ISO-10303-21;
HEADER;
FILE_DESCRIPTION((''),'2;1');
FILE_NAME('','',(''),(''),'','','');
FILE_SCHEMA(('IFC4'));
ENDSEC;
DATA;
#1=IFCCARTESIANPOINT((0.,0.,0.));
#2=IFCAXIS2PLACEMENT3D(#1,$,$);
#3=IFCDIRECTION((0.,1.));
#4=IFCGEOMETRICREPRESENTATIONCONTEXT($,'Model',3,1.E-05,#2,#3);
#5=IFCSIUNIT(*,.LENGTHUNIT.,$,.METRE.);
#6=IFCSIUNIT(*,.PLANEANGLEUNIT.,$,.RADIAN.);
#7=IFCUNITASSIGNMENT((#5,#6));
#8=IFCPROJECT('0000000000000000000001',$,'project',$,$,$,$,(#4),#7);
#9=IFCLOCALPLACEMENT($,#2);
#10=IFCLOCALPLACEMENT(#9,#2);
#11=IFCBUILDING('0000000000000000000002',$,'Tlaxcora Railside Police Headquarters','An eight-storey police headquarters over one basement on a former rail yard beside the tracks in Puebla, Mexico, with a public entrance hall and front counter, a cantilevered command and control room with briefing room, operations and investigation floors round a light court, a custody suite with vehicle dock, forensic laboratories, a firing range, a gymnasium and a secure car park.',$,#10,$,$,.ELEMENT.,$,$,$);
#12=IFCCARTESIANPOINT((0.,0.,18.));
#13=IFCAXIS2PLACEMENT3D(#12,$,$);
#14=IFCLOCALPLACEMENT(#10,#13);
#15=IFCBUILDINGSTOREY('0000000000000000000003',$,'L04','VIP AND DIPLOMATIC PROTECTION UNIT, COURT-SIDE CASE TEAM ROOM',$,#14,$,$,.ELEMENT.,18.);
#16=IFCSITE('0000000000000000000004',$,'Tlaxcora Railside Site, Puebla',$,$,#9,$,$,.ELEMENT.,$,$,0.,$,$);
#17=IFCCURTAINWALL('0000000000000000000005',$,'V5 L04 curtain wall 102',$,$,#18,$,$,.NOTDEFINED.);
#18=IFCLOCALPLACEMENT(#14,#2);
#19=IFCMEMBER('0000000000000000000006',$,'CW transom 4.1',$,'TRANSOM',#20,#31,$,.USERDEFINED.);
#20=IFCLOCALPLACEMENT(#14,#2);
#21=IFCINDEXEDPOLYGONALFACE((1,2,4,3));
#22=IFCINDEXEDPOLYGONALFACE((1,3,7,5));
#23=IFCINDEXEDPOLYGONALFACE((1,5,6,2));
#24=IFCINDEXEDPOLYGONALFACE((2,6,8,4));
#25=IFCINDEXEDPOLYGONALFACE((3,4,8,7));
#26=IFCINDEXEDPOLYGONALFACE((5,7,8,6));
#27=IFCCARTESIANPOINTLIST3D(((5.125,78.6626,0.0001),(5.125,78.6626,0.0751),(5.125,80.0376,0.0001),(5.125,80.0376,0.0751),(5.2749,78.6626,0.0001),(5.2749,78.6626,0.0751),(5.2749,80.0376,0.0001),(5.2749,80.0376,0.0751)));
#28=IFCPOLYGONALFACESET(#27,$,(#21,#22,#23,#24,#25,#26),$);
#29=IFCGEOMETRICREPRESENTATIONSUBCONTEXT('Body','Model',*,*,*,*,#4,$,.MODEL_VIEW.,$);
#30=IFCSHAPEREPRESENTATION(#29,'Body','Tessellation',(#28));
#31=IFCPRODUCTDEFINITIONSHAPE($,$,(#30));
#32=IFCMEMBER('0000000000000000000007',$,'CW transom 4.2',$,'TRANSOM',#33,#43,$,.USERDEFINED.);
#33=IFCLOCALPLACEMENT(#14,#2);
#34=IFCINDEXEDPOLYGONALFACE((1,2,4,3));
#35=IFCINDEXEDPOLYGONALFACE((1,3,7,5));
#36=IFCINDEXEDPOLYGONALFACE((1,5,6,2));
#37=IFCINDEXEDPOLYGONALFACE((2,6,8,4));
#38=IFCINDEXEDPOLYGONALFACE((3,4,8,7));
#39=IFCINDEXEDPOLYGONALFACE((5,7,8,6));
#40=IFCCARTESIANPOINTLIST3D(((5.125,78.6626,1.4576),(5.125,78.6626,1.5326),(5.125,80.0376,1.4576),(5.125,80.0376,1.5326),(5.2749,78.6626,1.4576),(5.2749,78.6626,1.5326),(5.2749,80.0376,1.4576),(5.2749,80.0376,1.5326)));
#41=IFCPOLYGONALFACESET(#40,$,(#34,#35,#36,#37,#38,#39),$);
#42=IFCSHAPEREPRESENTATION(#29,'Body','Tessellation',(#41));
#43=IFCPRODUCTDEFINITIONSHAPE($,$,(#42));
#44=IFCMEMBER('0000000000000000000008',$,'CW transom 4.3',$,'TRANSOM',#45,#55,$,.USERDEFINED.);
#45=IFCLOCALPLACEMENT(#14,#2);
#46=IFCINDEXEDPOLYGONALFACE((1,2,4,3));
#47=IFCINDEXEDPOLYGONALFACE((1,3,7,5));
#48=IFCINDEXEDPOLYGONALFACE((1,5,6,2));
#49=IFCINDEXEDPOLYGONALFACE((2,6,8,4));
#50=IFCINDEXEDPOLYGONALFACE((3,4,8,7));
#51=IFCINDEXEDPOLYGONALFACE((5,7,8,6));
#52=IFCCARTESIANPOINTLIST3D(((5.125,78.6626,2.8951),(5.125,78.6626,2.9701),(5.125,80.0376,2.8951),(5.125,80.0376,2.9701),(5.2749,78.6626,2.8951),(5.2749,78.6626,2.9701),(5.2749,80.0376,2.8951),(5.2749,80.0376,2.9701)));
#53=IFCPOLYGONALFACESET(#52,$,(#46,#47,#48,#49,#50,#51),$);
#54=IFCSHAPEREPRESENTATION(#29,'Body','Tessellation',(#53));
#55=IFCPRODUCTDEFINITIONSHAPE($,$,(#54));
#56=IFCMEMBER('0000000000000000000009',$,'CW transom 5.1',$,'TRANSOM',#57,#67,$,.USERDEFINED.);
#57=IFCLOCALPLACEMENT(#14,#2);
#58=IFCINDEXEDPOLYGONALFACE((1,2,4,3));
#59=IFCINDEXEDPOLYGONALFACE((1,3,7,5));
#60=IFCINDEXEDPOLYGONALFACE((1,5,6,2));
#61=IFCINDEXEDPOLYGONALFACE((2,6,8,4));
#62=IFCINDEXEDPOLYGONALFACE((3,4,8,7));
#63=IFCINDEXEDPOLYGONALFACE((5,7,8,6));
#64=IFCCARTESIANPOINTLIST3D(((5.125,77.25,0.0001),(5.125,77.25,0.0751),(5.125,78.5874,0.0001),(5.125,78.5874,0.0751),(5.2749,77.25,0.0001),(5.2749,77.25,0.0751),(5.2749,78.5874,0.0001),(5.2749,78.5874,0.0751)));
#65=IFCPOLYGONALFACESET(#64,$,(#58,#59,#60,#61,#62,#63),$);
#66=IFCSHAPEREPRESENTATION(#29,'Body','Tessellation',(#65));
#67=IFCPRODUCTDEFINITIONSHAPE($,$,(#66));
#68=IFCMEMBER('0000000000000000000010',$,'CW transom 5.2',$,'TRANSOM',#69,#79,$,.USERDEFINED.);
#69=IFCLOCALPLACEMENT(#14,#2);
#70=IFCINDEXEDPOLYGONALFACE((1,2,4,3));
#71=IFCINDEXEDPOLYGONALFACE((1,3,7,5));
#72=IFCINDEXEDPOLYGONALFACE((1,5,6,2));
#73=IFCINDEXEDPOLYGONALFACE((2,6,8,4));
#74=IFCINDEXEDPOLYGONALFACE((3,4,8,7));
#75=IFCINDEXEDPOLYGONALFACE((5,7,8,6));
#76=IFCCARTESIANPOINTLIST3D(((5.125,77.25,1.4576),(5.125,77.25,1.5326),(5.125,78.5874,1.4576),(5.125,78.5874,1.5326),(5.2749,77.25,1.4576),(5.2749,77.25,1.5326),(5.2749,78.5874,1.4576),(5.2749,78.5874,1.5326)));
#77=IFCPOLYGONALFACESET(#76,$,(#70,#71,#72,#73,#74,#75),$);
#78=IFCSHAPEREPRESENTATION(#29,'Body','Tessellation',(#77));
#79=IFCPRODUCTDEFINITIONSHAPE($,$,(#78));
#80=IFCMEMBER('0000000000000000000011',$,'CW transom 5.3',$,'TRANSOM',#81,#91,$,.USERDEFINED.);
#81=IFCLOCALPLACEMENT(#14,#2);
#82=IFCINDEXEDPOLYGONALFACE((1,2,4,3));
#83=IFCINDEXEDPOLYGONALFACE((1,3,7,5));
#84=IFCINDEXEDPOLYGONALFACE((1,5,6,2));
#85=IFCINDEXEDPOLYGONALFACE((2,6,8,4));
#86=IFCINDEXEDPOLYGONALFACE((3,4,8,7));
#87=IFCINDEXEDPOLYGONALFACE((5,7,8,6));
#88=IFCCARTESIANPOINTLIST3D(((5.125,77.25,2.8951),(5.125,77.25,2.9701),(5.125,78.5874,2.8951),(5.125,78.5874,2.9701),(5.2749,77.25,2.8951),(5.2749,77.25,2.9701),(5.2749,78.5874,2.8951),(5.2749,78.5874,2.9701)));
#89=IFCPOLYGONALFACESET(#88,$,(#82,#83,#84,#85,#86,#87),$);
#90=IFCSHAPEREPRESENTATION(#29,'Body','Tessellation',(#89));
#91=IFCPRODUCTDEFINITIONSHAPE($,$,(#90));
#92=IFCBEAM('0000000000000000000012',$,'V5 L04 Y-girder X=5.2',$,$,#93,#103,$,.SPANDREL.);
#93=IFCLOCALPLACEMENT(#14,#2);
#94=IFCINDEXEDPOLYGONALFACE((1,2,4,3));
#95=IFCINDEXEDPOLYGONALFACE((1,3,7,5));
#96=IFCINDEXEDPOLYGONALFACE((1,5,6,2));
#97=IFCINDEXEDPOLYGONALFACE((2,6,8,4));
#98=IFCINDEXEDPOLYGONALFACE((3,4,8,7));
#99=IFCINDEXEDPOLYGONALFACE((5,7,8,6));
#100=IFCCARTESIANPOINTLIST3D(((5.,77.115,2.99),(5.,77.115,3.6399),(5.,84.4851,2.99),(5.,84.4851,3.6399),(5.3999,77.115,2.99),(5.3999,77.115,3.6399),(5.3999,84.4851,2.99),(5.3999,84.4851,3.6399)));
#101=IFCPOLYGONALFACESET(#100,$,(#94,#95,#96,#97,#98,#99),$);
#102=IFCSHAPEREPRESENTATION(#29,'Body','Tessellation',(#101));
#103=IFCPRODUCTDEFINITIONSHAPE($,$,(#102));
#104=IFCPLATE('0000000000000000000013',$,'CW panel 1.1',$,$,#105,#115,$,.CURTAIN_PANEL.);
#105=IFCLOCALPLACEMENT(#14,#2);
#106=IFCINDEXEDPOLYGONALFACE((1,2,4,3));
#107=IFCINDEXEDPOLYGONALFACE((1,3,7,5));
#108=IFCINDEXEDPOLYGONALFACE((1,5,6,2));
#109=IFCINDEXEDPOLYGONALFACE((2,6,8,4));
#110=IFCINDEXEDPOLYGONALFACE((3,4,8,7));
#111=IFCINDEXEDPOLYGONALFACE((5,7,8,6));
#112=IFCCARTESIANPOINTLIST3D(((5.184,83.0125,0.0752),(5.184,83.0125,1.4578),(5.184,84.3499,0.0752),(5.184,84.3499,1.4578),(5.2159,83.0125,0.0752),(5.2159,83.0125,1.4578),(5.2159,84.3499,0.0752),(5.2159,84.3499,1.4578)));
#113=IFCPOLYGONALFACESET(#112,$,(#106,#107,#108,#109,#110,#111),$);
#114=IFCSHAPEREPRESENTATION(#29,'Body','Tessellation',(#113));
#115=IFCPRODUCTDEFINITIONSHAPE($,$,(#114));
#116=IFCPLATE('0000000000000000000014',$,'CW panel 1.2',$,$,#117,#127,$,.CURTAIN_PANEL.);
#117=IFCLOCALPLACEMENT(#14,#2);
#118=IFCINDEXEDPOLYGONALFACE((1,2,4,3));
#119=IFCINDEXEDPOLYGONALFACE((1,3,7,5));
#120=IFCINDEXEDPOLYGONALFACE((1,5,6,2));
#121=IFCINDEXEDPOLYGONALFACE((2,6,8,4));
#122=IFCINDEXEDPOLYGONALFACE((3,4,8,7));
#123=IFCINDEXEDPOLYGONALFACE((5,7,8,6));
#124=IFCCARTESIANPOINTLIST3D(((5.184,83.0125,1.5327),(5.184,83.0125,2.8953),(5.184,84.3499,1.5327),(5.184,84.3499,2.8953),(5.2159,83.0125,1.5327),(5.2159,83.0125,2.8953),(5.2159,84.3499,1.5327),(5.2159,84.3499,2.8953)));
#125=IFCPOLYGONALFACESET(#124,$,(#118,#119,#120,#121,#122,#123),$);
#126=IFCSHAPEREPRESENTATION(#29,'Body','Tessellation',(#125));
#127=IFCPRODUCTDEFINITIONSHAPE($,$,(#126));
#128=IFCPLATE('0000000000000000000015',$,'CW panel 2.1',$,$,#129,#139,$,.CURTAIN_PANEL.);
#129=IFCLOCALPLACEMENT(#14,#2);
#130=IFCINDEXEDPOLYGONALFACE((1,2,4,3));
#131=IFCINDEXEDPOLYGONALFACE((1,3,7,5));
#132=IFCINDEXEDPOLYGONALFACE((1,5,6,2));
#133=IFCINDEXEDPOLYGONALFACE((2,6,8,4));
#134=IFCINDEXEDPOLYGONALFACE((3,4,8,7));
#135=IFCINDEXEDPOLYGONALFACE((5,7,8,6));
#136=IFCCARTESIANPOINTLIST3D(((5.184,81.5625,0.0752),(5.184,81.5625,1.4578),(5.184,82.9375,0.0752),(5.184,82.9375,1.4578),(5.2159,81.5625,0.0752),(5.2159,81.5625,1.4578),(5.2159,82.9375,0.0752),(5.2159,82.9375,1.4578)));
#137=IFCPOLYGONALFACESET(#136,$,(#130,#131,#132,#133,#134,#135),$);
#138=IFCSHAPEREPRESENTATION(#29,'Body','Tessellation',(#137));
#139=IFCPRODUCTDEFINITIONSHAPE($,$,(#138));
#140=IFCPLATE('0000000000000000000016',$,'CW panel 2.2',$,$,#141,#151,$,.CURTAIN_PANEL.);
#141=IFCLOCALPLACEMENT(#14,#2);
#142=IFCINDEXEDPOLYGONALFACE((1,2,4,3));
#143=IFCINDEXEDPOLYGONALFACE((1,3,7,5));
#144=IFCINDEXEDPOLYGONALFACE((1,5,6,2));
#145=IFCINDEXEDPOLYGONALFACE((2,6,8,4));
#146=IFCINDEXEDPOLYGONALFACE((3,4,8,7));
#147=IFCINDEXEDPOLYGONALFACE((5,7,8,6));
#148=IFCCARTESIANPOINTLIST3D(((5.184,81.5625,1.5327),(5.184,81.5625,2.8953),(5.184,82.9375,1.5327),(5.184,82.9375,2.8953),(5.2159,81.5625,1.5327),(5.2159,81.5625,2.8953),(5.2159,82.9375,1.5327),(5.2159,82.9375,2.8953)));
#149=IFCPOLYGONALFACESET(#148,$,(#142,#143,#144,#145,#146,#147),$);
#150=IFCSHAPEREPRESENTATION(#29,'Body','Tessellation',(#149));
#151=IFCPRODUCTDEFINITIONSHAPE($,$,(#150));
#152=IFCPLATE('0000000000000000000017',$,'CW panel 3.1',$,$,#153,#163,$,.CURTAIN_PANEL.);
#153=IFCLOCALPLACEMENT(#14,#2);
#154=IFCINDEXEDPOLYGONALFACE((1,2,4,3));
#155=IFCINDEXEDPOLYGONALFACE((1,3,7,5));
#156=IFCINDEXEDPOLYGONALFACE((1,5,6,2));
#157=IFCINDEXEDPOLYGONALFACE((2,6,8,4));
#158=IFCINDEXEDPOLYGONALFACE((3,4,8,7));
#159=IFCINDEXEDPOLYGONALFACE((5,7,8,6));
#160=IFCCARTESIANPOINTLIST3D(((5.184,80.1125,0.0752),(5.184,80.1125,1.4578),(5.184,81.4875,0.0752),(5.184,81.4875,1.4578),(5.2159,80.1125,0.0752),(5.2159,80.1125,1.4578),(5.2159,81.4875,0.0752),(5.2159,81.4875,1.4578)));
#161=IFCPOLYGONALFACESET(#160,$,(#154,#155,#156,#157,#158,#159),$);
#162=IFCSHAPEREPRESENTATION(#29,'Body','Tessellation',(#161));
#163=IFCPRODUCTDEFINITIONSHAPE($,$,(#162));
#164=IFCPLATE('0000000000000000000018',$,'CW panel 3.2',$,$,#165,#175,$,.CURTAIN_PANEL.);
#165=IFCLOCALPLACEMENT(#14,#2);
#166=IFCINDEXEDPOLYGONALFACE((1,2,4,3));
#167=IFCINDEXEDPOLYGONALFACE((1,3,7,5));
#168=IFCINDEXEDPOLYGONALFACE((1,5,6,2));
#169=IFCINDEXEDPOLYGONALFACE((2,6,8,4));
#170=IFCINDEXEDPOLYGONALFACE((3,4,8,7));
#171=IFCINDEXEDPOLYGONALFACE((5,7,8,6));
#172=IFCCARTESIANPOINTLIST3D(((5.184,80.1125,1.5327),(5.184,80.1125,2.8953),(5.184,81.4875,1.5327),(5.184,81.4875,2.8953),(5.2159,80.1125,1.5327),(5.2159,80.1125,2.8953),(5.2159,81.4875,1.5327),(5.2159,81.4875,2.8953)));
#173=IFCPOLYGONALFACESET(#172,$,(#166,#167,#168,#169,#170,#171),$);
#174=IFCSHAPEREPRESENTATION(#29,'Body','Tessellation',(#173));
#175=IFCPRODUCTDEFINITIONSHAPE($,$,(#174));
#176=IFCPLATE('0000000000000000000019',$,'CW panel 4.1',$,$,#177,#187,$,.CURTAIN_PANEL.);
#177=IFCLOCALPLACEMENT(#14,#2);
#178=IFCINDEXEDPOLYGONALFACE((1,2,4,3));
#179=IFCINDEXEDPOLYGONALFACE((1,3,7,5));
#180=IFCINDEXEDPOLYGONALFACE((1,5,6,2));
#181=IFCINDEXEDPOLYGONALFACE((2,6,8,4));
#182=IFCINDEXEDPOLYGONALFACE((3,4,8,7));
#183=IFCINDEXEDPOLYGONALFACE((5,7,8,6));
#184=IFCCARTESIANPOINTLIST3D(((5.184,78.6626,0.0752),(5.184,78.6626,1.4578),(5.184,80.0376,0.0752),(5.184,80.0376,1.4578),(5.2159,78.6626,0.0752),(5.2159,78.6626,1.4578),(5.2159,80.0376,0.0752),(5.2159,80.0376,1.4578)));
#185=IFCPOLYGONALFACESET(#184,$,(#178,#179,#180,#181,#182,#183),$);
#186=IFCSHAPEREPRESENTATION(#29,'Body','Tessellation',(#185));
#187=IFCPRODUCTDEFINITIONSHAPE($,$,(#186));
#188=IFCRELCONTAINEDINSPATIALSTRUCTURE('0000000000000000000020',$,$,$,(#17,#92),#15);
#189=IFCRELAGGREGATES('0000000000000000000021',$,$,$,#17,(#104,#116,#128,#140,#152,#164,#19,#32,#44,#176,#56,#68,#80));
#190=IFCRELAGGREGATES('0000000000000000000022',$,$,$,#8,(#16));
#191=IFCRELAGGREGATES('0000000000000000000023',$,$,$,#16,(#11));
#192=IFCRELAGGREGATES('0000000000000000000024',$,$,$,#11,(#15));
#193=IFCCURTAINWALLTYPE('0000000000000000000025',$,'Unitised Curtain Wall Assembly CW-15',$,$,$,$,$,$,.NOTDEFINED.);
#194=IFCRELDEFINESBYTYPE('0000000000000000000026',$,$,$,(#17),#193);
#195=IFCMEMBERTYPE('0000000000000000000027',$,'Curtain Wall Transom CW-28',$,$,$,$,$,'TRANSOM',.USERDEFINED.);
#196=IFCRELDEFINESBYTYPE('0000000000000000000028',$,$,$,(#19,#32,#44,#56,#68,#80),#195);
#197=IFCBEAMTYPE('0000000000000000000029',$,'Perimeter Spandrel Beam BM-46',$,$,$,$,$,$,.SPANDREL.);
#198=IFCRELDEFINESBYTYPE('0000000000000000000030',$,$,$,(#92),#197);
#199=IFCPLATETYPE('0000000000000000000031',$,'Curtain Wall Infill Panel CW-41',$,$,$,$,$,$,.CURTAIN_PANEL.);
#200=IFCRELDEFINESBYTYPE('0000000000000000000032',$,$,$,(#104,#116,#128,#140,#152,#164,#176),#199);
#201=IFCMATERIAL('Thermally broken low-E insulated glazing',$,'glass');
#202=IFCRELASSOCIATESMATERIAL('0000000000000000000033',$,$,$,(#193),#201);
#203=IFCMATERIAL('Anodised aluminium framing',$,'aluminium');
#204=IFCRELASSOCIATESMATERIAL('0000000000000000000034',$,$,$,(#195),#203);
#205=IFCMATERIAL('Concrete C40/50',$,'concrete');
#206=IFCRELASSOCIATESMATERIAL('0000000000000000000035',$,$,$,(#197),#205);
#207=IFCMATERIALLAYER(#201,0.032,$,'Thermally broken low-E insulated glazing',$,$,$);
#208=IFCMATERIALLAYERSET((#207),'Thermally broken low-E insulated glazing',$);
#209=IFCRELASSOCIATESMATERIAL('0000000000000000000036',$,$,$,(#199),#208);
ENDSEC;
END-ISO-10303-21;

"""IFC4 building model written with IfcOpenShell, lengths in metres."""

from ifc_helpers import new_model, si_unit, direction, frame, origin, origin_2d, place, context, subcontext, project, spatial, rectangle, extrude, material, layer, layer_set, material_profile, profile_set, type_object, element, aggregate, save


model = new_model("IFC4")

# Units and contexts
model_context = context("Model", 3, precision=1e-05, world=origin(), true_north=direction((0.0, 1.0)))
body_context = subcontext(model_context, "Body", "Model", "MODEL_VIEW")
ifc_project = project(units=[si_unit("LENGTHUNIT", "METRE"), si_unit("PLANEANGLEUNIT", "RADIAN")], contexts=[model_context])

# Site, building, storey
site_placement = place(None, origin())
site = spatial("IfcSite", under=ifc_project, at=site_placement, Name="Tlaxcora Railside Site, Puebla", CompositionType="ELEMENT", RefElevation=0.0)
building_placement = place(site_placement, origin())
building = spatial("IfcBuilding", under=site, at=building_placement, Name="Tlaxcora Railside Police Headquarters", Description="An eight-storey police headquarters over one basement on a former rail yard beside the tracks in Puebla, Mexico, with a public entrance hall and front counter, a cantilevered command and control room with briefing room, operations and investigation floors round a light court, a custody suite with vehicle dock, forensic laboratories, a firing range, a gymnasium and a secure car park.", CompositionType="ELEMENT")
storey_placement = place(building_placement, frame((0.0, 0.0, 18.0)))
storey = spatial("IfcBuildingStorey", under=building, at=storey_placement, Name="L04", Description="VIP AND DIPLOMATIC PROTECTION UNIT, COURT-SIDE CASE TEAM ROOM", CompositionType="ELEMENT", Elevation=18.0)

# Curtain wall, members
ifc_material_1 = material(Name="Thermally broken low-E insulated glazing", Category="glass")
curtain_wall_type = type_object("IfcCurtainWallType", Name="Unitised Curtain Wall Assembly CW-15", PredefinedType="NOTDEFINED", material=ifc_material_1)
curtain_wall_placement = place(storey_placement, origin())
curtain_wall = element("IfcCurtainWall", 1, at=curtain_wall_placement, inside=storey, type_object=curtain_wall_type, Name="V5 L04 curtain wall 102", PredefinedType="NOTDEFINED")
ifc_material_2 = material(Name="Anodised aluminium framing", Category="aluminium")
ifc_material_profile_1 = material_profile(ifc_material_2, rectangle(XDim=0.1499, YDim=0.075, at=origin_2d()), Name="AL75X150")
ifc_profile_set_1 = profile_set([ifc_material_profile_1], Name="Anodised aluminium framing")
member_type_1 = type_object("IfcMemberType", Name="Curtain Wall Transom CW-28", ElementType="TRANSOM", PredefinedType="USERDEFINED", material=ifc_profile_set_1)
member_1_placement = place(storey_placement, frame((5.2, 80.0376, 0.0376), z_axis=(0.0, -1.0, 0.0), x_axis=(1.0, 0.0, 0.0)))
member_1 = element("IfcMember", 2, at=member_1_placement, type_object=member_type_1, Name="CW transom 4.1", ObjectType="TRANSOM", PredefinedType="USERDEFINED", context=body_context, shape_type="SweptSolid", body=[
    extrude(rectangle(XDim=0.1499, YDim=0.075, at=origin_2d()), origin(), (0.0, 0.0, 1.0), 1.375),
])
member_2_placement = place(storey_placement, frame((5.2, 80.0376, 1.4951), z_axis=(0.0, -1.0, 0.0), x_axis=(1.0, 0.0, 0.0)))
member_2 = element("IfcMember", 3, at=member_2_placement, type_object=member_type_1, Name="CW transom 4.2", ObjectType="TRANSOM", PredefinedType="USERDEFINED", context=body_context, shape_type="SweptSolid", body=[
    extrude(rectangle(XDim=0.1499, YDim=0.075, at=origin_2d()), origin(), (0.0, 0.0, 1.0), 1.375),
])
member_3_placement = place(storey_placement, frame((5.2, 80.0376, 2.9326), z_axis=(0.0, -1.0, 0.0), x_axis=(1.0, 0.0, 0.0)))
member_3 = element("IfcMember", 4, at=member_3_placement, type_object=member_type_1, Name="CW transom 4.3", ObjectType="TRANSOM", PredefinedType="USERDEFINED", context=body_context, shape_type="SweptSolid", body=[
    extrude(rectangle(XDim=0.1499, YDim=0.075, at=origin_2d()), origin(), (0.0, 0.0, 1.0), 1.375),
])
member_4_placement = place(storey_placement, frame((5.2, 78.5874, 0.0376), z_axis=(0.0, -1.0, 0.0), x_axis=(1.0, 0.0, 0.0)))
member_4 = element("IfcMember", 5, at=member_4_placement, type_object=member_type_1, Name="CW transom 5.1", ObjectType="TRANSOM", PredefinedType="USERDEFINED", context=body_context, shape_type="SweptSolid", body=[
    extrude(rectangle(XDim=0.1499, YDim=0.075, at=origin_2d()), origin(), (0.0, 0.0, 1.0), 1.3374),
])
member_5_placement = place(storey_placement, frame((5.2, 78.5874, 1.4951), z_axis=(0.0, -1.0, 0.0), x_axis=(1.0, 0.0, 0.0)))
member_5 = element("IfcMember", 6, at=member_5_placement, type_object=member_type_1, Name="CW transom 5.2", ObjectType="TRANSOM", PredefinedType="USERDEFINED", context=body_context, shape_type="SweptSolid", body=[
    extrude(rectangle(XDim=0.1499, YDim=0.075, at=origin_2d()), origin(), (0.0, 0.0, 1.0), 1.3374),
])
member_6_placement = place(storey_placement, frame((5.2, 78.5874, 2.9326), z_axis=(0.0, -1.0, 0.0), x_axis=(1.0, 0.0, 0.0)))
member_6 = element("IfcMember", 7, at=member_6_placement, type_object=member_type_1, Name="CW transom 5.3", ObjectType="TRANSOM", PredefinedType="USERDEFINED", context=body_context, shape_type="SweptSolid", body=[
    extrude(rectangle(XDim=0.1499, YDim=0.075, at=origin_2d()), origin(), (0.0, 0.0, 1.0), 1.3374),
])

# Beam
ifc_material_3 = material(Name="Concrete C40/50", Category="concrete")
ifc_material_profile_2 = material_profile(ifc_material_3, rectangle(XDim=0.3999, YDim=0.6499, at=origin_2d()), Name="RC400X650")
ifc_profile_set_2 = profile_set([ifc_material_profile_2], Name="Concrete C40/50")
beam_type = type_object("IfcBeamType", Name="Perimeter Spandrel Beam BM-46", PredefinedType="SPANDREL", material=ifc_profile_set_2)
beam_placement = place(storey_placement, frame((5.2, 77.115, 3.3149), z_axis=(0.0, 1.0, 0.0), x_axis=(-1.0, 0.0, 0.0)))
element("IfcBeam", 8, at=beam_placement, inside=storey, type_object=beam_type, Name="V5 L04 Y-girder X=5.2", PredefinedType="SPANDREL", context=body_context, shape_type="SweptSolid", body=[
    extrude(rectangle(XDim=0.3999, YDim=0.6499, at=origin_2d()), origin(), (0.0, 0.0, 1.0), 7.3701),
])

# Plates
ifc_layer_1 = layer(ifc_material_1, 0.032, Name="Thermally broken low-E insulated glazing")
ifc_layer_set_1 = layer_set([ifc_layer_1], Name="Thermally broken low-E insulated glazing")
plate_type = type_object("IfcPlateType", Name="Curtain Wall Infill Panel CW-41", PredefinedType="CURTAIN_PANEL", material=ifc_layer_set_1)
plate_1_placement = place(storey_placement, frame((5.2, 83.6812, 0.0752), z_axis=(0.0, 0.0, 1.0), x_axis=(0.0, -1.0, 0.0)))
plate_1 = element("IfcPlate", 9, at=plate_1_placement, type_object=plate_type, Name="CW panel 1.1", PredefinedType="CURTAIN_PANEL", context=body_context, shape_type="SweptSolid", body=[
    extrude(rectangle(XDim=1.3374, YDim=0.032, at=origin_2d()), origin(), (0.0, 0.0, 1.0), 1.3826),
])
plate_2_placement = place(storey_placement, frame((5.2, 83.6812, 1.5327), z_axis=(0.0, 0.0, 1.0), x_axis=(0.0, -1.0, 0.0)))
plate_2 = element("IfcPlate", 10, at=plate_2_placement, type_object=plate_type, Name="CW panel 1.2", PredefinedType="CURTAIN_PANEL", context=body_context, shape_type="SweptSolid", body=[
    extrude(rectangle(XDim=1.3374, YDim=0.032, at=origin_2d()), origin(), (0.0, 0.0, 1.0), 1.3625),
])
plate_3_placement = place(storey_placement, frame((5.2, 82.25, 0.0752), z_axis=(0.0, 0.0, 1.0), x_axis=(0.0, -1.0, 0.0)))
plate_3 = element("IfcPlate", 11, at=plate_3_placement, type_object=plate_type, Name="CW panel 2.1", PredefinedType="CURTAIN_PANEL", context=body_context, shape_type="SweptSolid", body=[
    extrude(rectangle(XDim=1.375, YDim=0.032, at=origin_2d()), origin(), (0.0, 0.0, 1.0), 1.3826),
])
plate_4_placement = place(storey_placement, frame((5.2, 82.25, 1.5327), z_axis=(0.0, 0.0, 1.0), x_axis=(0.0, -1.0, 0.0)))
plate_4 = element("IfcPlate", 12, at=plate_4_placement, type_object=plate_type, Name="CW panel 2.2", PredefinedType="CURTAIN_PANEL", context=body_context, shape_type="SweptSolid", body=[
    extrude(rectangle(XDim=1.375, YDim=0.032, at=origin_2d()), origin(), (0.0, 0.0, 1.0), 1.3625),
])
plate_5_placement = place(storey_placement, frame((5.2, 80.8, 0.0752), z_axis=(0.0, 0.0, 1.0), x_axis=(0.0, -1.0, 0.0)))
plate_5 = element("IfcPlate", 13, at=plate_5_placement, type_object=plate_type, Name="CW panel 3.1", PredefinedType="CURTAIN_PANEL", context=body_context, shape_type="SweptSolid", body=[
    extrude(rectangle(XDim=1.375, YDim=0.032, at=origin_2d()), origin(), (0.0, 0.0, 1.0), 1.3826),
])
plate_6_placement = place(storey_placement, frame((5.2, 80.8, 1.5327), z_axis=(0.0, 0.0, 1.0), x_axis=(0.0, -1.0, 0.0)))
plate_6 = element("IfcPlate", 14, at=plate_6_placement, type_object=plate_type, Name="CW panel 3.2", PredefinedType="CURTAIN_PANEL", context=body_context, shape_type="SweptSolid", body=[
    extrude(rectangle(XDim=1.375, YDim=0.032, at=origin_2d()), origin(), (0.0, 0.0, 1.0), 1.3625),
])
plate_7_placement = place(storey_placement, frame((5.2, 79.3501, 0.0752), z_axis=(0.0, 0.0, 1.0), x_axis=(0.0, -1.0, 0.0)))
plate_7 = element("IfcPlate", 15, at=plate_7_placement, type_object=plate_type, Name="CW panel 4.1", PredefinedType="CURTAIN_PANEL", context=body_context, shape_type="SweptSolid", body=[
    extrude(rectangle(XDim=1.375, YDim=0.032, at=origin_2d()), origin(), (0.0, 0.0, 1.0), 1.3826),
])
aggregate(curtain_wall, [plate_1, plate_2, plate_3, plate_4, plate_5, plate_6, member_1, member_2, member_3, plate_7, member_4, member_5, member_6])

save(model, "model.ifc")
